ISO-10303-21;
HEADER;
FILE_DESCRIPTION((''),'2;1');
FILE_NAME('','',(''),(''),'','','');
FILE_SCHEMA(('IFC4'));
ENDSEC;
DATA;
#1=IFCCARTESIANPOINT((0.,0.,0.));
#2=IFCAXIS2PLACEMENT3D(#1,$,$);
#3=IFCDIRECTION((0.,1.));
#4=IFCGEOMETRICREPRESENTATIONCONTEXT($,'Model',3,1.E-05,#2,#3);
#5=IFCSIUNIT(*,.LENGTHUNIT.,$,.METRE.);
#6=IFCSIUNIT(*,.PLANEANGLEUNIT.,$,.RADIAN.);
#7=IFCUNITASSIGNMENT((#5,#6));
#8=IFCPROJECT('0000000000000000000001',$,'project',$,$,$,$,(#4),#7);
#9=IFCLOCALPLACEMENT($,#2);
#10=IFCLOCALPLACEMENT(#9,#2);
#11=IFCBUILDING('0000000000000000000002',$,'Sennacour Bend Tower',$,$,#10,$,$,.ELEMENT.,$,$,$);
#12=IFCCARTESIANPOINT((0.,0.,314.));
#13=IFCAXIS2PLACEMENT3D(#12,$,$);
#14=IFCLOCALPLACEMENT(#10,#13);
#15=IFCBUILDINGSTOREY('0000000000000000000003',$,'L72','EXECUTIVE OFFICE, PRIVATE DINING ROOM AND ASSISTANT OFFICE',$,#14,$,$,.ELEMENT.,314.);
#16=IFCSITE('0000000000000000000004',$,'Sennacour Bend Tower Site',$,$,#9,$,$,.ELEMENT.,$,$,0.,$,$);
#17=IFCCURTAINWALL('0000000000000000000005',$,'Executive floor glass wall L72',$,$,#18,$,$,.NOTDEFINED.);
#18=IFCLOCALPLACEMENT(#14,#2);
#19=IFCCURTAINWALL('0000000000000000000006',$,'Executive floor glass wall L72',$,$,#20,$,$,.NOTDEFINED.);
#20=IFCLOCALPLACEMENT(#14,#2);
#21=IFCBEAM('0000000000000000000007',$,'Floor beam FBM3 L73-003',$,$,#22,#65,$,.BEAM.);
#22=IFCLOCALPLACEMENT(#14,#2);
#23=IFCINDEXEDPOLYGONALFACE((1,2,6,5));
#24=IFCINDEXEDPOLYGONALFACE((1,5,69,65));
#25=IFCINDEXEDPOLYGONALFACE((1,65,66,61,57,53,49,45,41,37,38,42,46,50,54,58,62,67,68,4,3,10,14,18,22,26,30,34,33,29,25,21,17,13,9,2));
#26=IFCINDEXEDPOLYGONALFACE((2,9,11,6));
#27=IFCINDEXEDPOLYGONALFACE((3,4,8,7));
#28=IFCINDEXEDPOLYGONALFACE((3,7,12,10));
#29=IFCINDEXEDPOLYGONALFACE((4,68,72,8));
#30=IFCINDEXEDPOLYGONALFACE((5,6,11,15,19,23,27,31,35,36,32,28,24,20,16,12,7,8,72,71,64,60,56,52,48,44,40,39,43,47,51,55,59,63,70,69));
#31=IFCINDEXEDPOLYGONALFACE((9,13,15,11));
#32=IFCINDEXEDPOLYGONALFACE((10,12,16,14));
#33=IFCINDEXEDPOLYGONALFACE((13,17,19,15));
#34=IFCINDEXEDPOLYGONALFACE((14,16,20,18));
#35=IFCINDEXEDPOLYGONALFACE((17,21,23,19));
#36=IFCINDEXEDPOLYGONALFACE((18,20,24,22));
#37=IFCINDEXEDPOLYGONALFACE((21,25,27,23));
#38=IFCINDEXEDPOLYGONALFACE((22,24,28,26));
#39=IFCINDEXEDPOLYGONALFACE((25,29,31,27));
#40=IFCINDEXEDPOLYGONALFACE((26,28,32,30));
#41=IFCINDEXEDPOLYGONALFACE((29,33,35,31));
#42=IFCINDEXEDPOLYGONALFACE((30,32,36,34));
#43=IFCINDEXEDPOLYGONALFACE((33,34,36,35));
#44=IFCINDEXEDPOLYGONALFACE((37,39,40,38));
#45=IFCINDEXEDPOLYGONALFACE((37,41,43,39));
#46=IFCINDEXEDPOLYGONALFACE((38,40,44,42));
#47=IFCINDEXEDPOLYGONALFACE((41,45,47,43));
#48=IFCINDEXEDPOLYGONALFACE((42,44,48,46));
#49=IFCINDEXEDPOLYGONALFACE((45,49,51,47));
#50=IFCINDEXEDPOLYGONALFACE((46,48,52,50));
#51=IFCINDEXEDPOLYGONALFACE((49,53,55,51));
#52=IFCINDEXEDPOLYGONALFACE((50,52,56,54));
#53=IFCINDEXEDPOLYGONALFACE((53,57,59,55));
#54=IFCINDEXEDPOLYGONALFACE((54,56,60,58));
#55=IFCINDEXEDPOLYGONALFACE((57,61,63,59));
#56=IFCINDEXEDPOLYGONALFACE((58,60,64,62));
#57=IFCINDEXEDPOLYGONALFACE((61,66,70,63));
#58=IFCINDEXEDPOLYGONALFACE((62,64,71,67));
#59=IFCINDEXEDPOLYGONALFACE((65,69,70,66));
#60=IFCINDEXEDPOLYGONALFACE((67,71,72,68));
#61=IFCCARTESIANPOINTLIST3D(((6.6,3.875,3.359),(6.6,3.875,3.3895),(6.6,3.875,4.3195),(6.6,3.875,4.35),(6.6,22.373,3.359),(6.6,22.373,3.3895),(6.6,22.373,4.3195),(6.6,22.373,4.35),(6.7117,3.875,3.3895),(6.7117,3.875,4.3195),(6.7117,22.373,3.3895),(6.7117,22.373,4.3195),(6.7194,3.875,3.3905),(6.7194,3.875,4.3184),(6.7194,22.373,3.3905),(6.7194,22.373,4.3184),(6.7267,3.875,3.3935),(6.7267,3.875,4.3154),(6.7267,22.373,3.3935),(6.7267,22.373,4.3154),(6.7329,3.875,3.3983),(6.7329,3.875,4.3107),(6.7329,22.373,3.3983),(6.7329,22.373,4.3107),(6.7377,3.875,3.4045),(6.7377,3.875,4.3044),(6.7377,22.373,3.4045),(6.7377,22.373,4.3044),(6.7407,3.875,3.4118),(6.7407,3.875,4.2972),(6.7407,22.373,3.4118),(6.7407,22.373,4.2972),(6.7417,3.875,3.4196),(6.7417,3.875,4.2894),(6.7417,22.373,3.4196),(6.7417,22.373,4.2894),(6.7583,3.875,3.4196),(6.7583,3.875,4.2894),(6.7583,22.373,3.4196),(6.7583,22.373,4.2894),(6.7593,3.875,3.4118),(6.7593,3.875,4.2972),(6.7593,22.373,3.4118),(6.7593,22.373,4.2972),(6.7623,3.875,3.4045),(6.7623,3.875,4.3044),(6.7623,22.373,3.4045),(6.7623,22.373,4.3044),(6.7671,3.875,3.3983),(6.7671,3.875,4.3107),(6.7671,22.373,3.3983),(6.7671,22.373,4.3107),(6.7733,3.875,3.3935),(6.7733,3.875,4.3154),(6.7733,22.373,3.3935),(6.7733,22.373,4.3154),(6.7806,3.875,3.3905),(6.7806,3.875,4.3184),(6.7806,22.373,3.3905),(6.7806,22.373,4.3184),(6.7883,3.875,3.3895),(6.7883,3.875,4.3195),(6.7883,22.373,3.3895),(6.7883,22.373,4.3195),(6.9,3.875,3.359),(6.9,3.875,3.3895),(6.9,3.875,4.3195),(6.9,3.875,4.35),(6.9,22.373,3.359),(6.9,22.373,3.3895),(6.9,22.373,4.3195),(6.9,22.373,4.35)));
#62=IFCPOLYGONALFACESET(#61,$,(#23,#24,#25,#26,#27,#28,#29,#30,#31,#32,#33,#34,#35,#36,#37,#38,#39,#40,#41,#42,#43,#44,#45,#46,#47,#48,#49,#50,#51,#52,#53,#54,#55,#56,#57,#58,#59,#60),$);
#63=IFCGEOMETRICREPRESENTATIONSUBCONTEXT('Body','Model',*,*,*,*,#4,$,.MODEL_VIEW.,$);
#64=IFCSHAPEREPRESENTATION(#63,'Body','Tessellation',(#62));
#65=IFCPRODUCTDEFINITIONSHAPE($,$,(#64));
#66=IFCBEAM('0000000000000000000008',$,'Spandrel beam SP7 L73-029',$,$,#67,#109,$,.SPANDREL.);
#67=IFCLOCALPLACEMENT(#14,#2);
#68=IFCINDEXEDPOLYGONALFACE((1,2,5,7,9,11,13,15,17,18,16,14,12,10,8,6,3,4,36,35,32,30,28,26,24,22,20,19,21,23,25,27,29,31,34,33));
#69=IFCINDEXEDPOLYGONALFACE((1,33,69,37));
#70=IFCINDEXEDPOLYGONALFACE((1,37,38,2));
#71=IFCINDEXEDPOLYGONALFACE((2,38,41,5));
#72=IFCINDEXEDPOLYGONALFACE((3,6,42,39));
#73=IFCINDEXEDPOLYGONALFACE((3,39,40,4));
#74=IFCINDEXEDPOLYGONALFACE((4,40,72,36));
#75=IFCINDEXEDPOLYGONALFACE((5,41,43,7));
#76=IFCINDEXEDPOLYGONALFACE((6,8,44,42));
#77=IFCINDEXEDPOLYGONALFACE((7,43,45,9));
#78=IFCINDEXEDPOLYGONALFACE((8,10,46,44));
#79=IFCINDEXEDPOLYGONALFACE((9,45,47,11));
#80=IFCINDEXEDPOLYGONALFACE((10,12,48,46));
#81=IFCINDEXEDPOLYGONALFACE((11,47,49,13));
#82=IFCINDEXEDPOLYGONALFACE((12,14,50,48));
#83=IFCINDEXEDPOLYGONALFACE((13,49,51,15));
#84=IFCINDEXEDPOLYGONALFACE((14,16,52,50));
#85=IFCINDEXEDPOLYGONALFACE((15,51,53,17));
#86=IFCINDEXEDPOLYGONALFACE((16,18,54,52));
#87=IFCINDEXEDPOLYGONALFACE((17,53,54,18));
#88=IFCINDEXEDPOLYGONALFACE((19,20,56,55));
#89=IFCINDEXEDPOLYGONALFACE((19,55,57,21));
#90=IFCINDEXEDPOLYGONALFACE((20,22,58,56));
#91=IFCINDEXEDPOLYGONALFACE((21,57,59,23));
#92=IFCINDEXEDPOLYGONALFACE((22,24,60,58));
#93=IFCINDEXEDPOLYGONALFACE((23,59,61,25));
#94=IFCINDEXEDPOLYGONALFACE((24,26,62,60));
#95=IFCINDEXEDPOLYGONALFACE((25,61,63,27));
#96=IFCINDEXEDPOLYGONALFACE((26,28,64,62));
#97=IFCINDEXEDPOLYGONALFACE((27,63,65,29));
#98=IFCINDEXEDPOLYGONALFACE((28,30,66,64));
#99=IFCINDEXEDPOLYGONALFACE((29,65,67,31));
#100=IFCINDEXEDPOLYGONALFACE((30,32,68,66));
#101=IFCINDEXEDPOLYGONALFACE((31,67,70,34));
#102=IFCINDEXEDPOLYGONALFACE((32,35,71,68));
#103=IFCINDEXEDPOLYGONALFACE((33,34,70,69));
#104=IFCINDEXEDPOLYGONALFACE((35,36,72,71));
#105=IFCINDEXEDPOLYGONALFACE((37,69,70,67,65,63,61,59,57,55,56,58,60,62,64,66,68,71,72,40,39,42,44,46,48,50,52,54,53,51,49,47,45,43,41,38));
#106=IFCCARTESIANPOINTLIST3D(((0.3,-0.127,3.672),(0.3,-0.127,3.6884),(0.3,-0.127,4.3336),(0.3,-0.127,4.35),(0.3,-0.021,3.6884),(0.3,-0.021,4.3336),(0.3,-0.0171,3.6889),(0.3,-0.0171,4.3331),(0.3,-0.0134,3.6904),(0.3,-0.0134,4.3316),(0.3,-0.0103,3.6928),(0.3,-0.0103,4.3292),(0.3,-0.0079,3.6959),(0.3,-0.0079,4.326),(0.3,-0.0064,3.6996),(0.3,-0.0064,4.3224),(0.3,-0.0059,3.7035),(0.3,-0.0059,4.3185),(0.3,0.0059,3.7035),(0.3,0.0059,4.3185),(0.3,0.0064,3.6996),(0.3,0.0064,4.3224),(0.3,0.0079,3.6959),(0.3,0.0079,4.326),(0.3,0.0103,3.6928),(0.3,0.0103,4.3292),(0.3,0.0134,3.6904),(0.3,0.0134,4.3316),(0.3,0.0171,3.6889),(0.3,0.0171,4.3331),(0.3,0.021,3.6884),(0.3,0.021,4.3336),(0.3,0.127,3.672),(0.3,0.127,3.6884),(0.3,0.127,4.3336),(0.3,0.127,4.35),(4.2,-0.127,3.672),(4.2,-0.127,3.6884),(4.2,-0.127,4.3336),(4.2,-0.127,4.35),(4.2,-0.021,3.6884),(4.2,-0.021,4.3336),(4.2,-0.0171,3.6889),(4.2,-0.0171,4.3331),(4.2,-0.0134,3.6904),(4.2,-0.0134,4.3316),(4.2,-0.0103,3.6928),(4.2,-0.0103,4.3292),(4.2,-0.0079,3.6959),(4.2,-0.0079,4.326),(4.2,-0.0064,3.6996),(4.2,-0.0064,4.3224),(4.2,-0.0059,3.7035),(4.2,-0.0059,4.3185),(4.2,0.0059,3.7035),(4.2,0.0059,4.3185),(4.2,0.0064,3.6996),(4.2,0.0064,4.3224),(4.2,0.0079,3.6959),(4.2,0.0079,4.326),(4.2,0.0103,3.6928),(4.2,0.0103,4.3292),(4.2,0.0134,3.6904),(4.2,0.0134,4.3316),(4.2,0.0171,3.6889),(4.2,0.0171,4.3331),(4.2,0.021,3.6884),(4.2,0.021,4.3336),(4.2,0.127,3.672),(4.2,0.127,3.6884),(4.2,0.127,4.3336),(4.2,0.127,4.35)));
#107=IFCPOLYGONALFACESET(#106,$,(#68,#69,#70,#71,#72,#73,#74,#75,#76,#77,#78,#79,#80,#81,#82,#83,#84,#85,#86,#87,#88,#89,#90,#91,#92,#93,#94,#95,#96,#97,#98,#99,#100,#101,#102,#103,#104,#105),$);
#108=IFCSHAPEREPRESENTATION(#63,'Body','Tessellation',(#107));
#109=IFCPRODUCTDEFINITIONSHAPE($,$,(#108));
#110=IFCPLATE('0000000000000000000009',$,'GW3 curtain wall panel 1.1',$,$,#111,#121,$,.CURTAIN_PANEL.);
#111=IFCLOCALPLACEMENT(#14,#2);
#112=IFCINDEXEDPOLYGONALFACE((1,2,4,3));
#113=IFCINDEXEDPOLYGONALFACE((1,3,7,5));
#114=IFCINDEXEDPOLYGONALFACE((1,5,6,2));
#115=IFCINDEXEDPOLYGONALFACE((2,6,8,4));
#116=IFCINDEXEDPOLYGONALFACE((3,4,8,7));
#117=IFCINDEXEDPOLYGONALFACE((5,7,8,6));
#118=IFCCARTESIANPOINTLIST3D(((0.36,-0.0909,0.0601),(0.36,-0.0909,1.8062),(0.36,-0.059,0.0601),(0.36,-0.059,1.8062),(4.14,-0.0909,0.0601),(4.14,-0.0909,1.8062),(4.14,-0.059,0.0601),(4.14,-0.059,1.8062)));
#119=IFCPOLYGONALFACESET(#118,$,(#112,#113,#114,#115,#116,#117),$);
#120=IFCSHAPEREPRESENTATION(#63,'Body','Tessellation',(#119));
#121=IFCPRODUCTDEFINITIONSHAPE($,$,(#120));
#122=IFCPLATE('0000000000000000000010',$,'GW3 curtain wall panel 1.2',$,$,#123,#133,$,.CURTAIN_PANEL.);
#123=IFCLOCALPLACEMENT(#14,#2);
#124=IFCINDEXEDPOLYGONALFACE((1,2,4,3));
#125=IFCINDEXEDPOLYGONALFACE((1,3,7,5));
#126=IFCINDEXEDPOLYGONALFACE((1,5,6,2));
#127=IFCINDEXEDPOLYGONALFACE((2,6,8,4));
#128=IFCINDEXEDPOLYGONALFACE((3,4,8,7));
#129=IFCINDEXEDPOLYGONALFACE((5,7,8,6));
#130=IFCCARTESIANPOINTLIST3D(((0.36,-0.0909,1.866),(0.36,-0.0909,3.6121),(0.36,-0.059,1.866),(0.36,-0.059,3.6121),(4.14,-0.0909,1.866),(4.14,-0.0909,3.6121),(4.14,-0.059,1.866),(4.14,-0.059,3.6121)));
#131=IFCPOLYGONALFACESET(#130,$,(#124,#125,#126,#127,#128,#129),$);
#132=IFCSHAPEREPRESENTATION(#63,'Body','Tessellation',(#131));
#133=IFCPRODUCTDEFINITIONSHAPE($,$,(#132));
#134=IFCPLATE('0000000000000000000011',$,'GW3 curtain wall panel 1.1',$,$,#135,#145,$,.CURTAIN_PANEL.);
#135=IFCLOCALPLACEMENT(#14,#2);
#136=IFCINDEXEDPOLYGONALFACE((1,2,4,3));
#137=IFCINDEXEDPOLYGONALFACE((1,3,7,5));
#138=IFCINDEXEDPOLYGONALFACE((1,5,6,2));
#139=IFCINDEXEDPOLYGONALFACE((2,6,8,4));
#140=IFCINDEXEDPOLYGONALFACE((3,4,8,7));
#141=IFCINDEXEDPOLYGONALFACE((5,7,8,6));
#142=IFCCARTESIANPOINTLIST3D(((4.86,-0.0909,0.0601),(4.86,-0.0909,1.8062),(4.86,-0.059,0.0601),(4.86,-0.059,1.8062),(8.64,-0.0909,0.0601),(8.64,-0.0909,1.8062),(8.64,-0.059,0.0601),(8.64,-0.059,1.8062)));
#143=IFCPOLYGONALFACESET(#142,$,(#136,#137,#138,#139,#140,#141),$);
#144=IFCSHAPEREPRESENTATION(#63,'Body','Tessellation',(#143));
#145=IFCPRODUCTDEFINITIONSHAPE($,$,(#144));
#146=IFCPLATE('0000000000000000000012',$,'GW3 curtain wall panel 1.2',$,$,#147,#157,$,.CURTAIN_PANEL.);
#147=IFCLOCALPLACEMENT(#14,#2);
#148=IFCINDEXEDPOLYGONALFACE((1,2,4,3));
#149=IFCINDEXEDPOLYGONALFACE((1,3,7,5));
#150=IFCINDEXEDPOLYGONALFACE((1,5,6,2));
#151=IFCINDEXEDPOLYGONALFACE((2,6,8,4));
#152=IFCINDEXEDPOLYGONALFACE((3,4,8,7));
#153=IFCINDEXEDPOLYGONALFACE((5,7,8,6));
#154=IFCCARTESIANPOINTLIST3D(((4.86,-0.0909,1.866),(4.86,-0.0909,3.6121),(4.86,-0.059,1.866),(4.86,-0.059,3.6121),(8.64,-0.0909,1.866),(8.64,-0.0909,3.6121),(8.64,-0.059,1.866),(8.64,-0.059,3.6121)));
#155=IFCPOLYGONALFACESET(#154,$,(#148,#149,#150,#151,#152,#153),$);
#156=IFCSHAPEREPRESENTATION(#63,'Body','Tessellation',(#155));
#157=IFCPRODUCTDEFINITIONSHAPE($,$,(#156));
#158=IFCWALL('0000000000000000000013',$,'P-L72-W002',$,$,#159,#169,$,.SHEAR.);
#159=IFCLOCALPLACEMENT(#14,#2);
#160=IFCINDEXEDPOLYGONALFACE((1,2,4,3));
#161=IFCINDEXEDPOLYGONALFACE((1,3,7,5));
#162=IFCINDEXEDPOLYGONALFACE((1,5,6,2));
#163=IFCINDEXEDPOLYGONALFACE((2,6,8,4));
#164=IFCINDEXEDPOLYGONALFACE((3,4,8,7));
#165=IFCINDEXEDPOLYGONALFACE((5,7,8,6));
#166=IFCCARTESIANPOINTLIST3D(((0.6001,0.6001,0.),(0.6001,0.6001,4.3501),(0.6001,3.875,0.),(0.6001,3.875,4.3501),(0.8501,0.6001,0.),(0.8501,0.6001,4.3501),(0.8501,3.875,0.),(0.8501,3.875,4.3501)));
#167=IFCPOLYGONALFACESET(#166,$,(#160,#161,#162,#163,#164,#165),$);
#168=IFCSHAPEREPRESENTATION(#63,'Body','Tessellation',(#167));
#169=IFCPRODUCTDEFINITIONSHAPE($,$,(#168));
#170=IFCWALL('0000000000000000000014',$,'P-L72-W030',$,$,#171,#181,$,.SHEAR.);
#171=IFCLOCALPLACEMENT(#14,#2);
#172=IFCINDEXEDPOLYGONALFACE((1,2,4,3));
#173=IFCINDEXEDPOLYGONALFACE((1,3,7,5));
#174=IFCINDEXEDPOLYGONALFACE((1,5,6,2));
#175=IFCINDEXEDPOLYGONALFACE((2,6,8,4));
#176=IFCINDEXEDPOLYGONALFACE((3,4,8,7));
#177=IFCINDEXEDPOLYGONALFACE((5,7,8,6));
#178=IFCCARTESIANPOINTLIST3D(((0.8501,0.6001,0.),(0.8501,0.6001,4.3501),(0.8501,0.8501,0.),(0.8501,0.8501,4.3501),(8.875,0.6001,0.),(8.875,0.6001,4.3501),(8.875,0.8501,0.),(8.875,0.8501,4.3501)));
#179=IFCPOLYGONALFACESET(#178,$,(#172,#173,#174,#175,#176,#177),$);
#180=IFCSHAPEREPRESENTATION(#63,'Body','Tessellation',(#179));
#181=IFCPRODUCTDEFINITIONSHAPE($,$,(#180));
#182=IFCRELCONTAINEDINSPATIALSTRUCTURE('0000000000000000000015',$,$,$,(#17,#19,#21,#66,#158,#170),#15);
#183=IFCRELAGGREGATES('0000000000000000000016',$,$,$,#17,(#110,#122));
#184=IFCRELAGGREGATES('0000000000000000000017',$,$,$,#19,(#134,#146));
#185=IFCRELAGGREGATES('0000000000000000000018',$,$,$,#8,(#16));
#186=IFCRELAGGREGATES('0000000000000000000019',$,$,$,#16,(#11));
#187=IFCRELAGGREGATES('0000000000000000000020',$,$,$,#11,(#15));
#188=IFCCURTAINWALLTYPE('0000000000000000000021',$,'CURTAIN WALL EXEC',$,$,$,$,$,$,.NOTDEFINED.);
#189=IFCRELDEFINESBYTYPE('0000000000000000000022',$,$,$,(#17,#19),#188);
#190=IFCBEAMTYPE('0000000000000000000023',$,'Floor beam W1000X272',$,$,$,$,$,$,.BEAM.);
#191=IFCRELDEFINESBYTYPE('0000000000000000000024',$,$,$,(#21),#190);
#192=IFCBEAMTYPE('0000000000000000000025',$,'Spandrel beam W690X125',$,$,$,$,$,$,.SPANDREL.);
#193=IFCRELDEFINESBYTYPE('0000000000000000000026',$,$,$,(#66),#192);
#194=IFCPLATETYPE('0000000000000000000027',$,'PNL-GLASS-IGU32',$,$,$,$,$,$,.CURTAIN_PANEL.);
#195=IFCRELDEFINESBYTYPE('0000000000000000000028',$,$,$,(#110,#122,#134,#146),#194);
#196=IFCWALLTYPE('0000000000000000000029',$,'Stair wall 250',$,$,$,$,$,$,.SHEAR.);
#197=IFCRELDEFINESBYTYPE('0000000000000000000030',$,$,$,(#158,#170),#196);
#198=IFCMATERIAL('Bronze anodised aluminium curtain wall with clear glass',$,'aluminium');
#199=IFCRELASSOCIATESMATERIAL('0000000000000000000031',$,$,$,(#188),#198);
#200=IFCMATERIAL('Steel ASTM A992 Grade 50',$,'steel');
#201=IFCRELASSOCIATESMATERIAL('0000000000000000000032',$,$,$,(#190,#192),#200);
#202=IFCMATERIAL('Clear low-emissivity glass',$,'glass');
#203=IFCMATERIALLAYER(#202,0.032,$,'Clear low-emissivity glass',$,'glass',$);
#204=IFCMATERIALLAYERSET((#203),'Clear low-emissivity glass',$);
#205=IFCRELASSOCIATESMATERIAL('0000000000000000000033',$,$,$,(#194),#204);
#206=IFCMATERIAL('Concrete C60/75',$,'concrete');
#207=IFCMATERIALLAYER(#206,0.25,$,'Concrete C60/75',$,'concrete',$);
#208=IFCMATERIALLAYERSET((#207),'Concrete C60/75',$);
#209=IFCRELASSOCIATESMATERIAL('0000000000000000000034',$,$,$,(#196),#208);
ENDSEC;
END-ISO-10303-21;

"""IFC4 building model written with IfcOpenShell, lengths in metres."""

from ifc_helpers import new_model, si_unit, direction, frame, frame_2d, origin, origin_2d, place, context, subcontext, project, spatial, rectangle, i_section, extrude, material, layer, layer_set, material_profile, profile_set, type_object, element, aggregate, save


model = new_model("IFC4")

# Units and contexts
model_context = context("Model", 3, precision=1e-05, world=origin(), true_north=direction((0.0, 1.0)))
body_context = subcontext(model_context, "Body", "Model", "MODEL_VIEW")
ifc_project = project(units=[si_unit("LENGTHUNIT", "METRE"), si_unit("PLANEANGLEUNIT", "RADIAN")], contexts=[model_context])

# Site, building, storey
site_placement = place(None, origin())
site = spatial("IfcSite", under=ifc_project, at=site_placement, Name="Sennacour Bend Tower Site", CompositionType="ELEMENT", RefElevation=0.0)
building_placement = place(site_placement, origin())
building = spatial("IfcBuilding", under=site, at=building_placement, Name="Sennacour Bend Tower", CompositionType="ELEMENT")
storey_placement = place(building_placement, frame((0.0, 0.0, 314.0)))
storey = spatial("IfcBuildingStorey", under=building, at=storey_placement, Name="L72", Description="EXECUTIVE OFFICE, PRIVATE DINING ROOM AND ASSISTANT OFFICE", CompositionType="ELEMENT", Elevation=314.0)

# Curtain wall
ifc_material_1 = material(Name="Bronze anodised aluminium curtain wall with clear glass", Category="aluminium")
curtain_wall_type = type_object("IfcCurtainWallType", Name="CURTAIN WALL EXEC", PredefinedType="NOTDEFINED", material=ifc_material_1)
curtain_wall_1_placement = place(storey_placement, origin())
curtain_wall_1 = element("IfcCurtainWall", 1, at=curtain_wall_1_placement, inside=storey, type_object=curtain_wall_type, Name="Executive floor glass wall L72", PredefinedType="NOTDEFINED")

# Curtain wall
curtain_wall_2_placement = place(storey_placement, origin())
curtain_wall_2 = element("IfcCurtainWall", 2, at=curtain_wall_2_placement, inside=storey, type_object=curtain_wall_type, Name="Executive floor glass wall L72", PredefinedType="NOTDEFINED")

# Beams
ifc_material_2 = material(Name="Steel ASTM A992 Grade 50", Category="steel")
ifc_material_profile_1 = material_profile(ifc_material_2, i_section(OverallWidth=0.3, OverallDepth=0.991, WebThickness=0.0166, FlangeThickness=0.0305, FilletRadius=0.03, at=origin_2d()), Name="Steel ASTM A992 Grade 50", Category="steel")
ifc_profile_set_1 = profile_set([ifc_material_profile_1], Name="Steel ASTM A992 Grade 50")
beam_type_1 = type_object("IfcBeamType", Name="Floor beam W1000X272", PredefinedType="BEAM", material=ifc_profile_set_1)
beam_1_placement = place(storey_placement, frame((6.75, 3.875, 3.8545), z_axis=(0.0, 1.0, 0.0), x_axis=(-1.0, 0.0, 0.0)))
element("IfcBeam", 3, at=beam_1_placement, inside=storey, type_object=beam_type_1, Name="Floor beam FBM3 L73-003", PredefinedType="BEAM", context=body_context, shape_type="SweptSolid", body=[
    extrude(i_section(OverallWidth=0.3, OverallDepth=0.991, WebThickness=0.0166, FlangeThickness=0.0305, FilletRadius=0.03, at=origin_2d()), origin(), (0.0, 0.0, 1.0), 18.498),
])
ifc_material_profile_2 = material_profile(ifc_material_2, i_section(OverallWidth=0.2539, OverallDepth=0.678, WebThickness=0.0117, FlangeThickness=0.0164, FilletRadius=0.0151, at=origin_2d()), Name="Steel ASTM A992 Grade 50", Category="steel")
ifc_profile_set_2 = profile_set([ifc_material_profile_2], Name="Steel ASTM A992 Grade 50")
beam_type_2 = type_object("IfcBeamType", Name="Spandrel beam W690X125", PredefinedType="SPANDREL", material=ifc_profile_set_2)
beam_2_placement = place(storey_placement, frame((4.2, 0.0, 4.011), z_axis=(-1.0, 0.0, 0.0), x_axis=(0.0, -1.0, 0.0)))
element("IfcBeam", 4, at=beam_2_placement, inside=storey, type_object=beam_type_2, Name="Spandrel beam SP7 L73-029", PredefinedType="SPANDREL", context=body_context, shape_type="SweptSolid", body=[
    extrude(i_section(OverallWidth=0.2539, OverallDepth=0.678, WebThickness=0.0117, FlangeThickness=0.0164, FilletRadius=0.0151, at=origin_2d()), origin(), (0.0, 0.0, 1.0), 3.8999),
])

# Plates
ifc_material_3 = material(Name="Clear low-emissivity glass", Category="glass")
ifc_layer_1 = layer(ifc_material_3, 0.032, Name="Clear low-emissivity glass", Category="glass")
ifc_layer_set_1 = layer_set([ifc_layer_1], Name="Clear low-emissivity glass")
plate_type = type_object("IfcPlateType", Name="PNL-GLASS-IGU32", PredefinedType="CURTAIN_PANEL", material=ifc_layer_set_1)
plate_1_placement = place(storey_placement, frame((2.25, -0.075, 0.0601), z_axis=(0.0, 0.0, 1.0), x_axis=(1.0, 0.0, 0.0)))
plate_1 = element("IfcPlate", 5, at=plate_1_placement, type_object=plate_type, Name="GW3 curtain wall panel 1.1", PredefinedType="CURTAIN_PANEL", context=body_context, shape_type="SweptSolid", body=[
    extrude(rectangle(XDim=3.78, YDim=0.032, at=origin_2d()), origin(), (0.0, 0.0, 1.0), 1.7461),
])
plate_2_placement = place(storey_placement, frame((2.25, -0.075, 1.866), z_axis=(0.0, 0.0, 1.0), x_axis=(1.0, 0.0, 0.0)))
plate_2 = element("IfcPlate", 6, at=plate_2_placement, type_object=plate_type, Name="GW3 curtain wall panel 1.2", PredefinedType="CURTAIN_PANEL", context=body_context, shape_type="SweptSolid", body=[
    extrude(rectangle(XDim=3.78, YDim=0.032, at=origin_2d()), origin(), (0.0, 0.0, 1.0), 1.7461),
])
aggregate(curtain_wall_1, [plate_1, plate_2])
plate_3_placement = place(storey_placement, frame((6.75, -0.075, 0.0601), z_axis=(0.0, 0.0, 1.0), x_axis=(1.0, 0.0, 0.0)))
plate_3 = element("IfcPlate", 7, at=plate_3_placement, type_object=plate_type, Name="GW3 curtain wall panel 1.1", PredefinedType="CURTAIN_PANEL", context=body_context, shape_type="SweptSolid", body=[
    extrude(rectangle(XDim=3.78, YDim=0.032, at=origin_2d()), origin(), (0.0, 0.0, 1.0), 1.7461),
])
plate_4_placement = place(storey_placement, frame((6.75, -0.075, 1.866), z_axis=(0.0, 0.0, 1.0), x_axis=(1.0, 0.0, 0.0)))
plate_4 = element("IfcPlate", 8, at=plate_4_placement, type_object=plate_type, Name="GW3 curtain wall panel 1.2", PredefinedType="CURTAIN_PANEL", context=body_context, shape_type="SweptSolid", body=[
    extrude(rectangle(XDim=3.78, YDim=0.032, at=origin_2d()), origin(), (0.0, 0.0, 1.0), 1.7461),
])
aggregate(curtain_wall_2, [plate_3, plate_4])

# Walls
ifc_material_4 = material(Name="Concrete C60/75", Category="concrete")
ifc_layer_2 = layer(ifc_material_4, 0.25, Name="Concrete C60/75", Category="concrete")
ifc_layer_set_2 = layer_set([ifc_layer_2], Name="Concrete C60/75")
wall_type = type_object("IfcWallType", Name="Stair wall 250", PredefinedType="SHEAR", material=ifc_layer_set_2)
wall_1_placement = place(storey_placement, frame((0.7251, 0.6001, 0.0), z_axis=(0.0, 0.0, 1.0), x_axis=(0.0, 1.0, 0.0)))
element("IfcWall", 9, at=wall_1_placement, inside=storey, type_object=wall_type, Name="P-L72-W002", PredefinedType="SHEAR", context=body_context, shape_type="SweptSolid", body=[
    extrude(rectangle(XDim=3.2749, YDim=0.25, at=frame_2d((1.6375, 0.0))), origin(), (0.0, 0.0, 1.0), 4.3501),
])
wall_2_placement = place(storey_placement, frame((0.8501, 0.7251, 0.0), z_axis=(0.0, 0.0, 1.0), x_axis=(1.0, 0.0, 0.0)))
element("IfcWall", 10, at=wall_2_placement, inside=storey, type_object=wall_type, Name="P-L72-W030", PredefinedType="SHEAR", context=body_context, shape_type="SweptSolid", body=[
    extrude(rectangle(XDim=8.0249, YDim=0.25, at=frame_2d((4.0125, 0.0))), origin(), (0.0, 0.0, 1.0), 4.3501),
])

save(model, "model.ifc")
